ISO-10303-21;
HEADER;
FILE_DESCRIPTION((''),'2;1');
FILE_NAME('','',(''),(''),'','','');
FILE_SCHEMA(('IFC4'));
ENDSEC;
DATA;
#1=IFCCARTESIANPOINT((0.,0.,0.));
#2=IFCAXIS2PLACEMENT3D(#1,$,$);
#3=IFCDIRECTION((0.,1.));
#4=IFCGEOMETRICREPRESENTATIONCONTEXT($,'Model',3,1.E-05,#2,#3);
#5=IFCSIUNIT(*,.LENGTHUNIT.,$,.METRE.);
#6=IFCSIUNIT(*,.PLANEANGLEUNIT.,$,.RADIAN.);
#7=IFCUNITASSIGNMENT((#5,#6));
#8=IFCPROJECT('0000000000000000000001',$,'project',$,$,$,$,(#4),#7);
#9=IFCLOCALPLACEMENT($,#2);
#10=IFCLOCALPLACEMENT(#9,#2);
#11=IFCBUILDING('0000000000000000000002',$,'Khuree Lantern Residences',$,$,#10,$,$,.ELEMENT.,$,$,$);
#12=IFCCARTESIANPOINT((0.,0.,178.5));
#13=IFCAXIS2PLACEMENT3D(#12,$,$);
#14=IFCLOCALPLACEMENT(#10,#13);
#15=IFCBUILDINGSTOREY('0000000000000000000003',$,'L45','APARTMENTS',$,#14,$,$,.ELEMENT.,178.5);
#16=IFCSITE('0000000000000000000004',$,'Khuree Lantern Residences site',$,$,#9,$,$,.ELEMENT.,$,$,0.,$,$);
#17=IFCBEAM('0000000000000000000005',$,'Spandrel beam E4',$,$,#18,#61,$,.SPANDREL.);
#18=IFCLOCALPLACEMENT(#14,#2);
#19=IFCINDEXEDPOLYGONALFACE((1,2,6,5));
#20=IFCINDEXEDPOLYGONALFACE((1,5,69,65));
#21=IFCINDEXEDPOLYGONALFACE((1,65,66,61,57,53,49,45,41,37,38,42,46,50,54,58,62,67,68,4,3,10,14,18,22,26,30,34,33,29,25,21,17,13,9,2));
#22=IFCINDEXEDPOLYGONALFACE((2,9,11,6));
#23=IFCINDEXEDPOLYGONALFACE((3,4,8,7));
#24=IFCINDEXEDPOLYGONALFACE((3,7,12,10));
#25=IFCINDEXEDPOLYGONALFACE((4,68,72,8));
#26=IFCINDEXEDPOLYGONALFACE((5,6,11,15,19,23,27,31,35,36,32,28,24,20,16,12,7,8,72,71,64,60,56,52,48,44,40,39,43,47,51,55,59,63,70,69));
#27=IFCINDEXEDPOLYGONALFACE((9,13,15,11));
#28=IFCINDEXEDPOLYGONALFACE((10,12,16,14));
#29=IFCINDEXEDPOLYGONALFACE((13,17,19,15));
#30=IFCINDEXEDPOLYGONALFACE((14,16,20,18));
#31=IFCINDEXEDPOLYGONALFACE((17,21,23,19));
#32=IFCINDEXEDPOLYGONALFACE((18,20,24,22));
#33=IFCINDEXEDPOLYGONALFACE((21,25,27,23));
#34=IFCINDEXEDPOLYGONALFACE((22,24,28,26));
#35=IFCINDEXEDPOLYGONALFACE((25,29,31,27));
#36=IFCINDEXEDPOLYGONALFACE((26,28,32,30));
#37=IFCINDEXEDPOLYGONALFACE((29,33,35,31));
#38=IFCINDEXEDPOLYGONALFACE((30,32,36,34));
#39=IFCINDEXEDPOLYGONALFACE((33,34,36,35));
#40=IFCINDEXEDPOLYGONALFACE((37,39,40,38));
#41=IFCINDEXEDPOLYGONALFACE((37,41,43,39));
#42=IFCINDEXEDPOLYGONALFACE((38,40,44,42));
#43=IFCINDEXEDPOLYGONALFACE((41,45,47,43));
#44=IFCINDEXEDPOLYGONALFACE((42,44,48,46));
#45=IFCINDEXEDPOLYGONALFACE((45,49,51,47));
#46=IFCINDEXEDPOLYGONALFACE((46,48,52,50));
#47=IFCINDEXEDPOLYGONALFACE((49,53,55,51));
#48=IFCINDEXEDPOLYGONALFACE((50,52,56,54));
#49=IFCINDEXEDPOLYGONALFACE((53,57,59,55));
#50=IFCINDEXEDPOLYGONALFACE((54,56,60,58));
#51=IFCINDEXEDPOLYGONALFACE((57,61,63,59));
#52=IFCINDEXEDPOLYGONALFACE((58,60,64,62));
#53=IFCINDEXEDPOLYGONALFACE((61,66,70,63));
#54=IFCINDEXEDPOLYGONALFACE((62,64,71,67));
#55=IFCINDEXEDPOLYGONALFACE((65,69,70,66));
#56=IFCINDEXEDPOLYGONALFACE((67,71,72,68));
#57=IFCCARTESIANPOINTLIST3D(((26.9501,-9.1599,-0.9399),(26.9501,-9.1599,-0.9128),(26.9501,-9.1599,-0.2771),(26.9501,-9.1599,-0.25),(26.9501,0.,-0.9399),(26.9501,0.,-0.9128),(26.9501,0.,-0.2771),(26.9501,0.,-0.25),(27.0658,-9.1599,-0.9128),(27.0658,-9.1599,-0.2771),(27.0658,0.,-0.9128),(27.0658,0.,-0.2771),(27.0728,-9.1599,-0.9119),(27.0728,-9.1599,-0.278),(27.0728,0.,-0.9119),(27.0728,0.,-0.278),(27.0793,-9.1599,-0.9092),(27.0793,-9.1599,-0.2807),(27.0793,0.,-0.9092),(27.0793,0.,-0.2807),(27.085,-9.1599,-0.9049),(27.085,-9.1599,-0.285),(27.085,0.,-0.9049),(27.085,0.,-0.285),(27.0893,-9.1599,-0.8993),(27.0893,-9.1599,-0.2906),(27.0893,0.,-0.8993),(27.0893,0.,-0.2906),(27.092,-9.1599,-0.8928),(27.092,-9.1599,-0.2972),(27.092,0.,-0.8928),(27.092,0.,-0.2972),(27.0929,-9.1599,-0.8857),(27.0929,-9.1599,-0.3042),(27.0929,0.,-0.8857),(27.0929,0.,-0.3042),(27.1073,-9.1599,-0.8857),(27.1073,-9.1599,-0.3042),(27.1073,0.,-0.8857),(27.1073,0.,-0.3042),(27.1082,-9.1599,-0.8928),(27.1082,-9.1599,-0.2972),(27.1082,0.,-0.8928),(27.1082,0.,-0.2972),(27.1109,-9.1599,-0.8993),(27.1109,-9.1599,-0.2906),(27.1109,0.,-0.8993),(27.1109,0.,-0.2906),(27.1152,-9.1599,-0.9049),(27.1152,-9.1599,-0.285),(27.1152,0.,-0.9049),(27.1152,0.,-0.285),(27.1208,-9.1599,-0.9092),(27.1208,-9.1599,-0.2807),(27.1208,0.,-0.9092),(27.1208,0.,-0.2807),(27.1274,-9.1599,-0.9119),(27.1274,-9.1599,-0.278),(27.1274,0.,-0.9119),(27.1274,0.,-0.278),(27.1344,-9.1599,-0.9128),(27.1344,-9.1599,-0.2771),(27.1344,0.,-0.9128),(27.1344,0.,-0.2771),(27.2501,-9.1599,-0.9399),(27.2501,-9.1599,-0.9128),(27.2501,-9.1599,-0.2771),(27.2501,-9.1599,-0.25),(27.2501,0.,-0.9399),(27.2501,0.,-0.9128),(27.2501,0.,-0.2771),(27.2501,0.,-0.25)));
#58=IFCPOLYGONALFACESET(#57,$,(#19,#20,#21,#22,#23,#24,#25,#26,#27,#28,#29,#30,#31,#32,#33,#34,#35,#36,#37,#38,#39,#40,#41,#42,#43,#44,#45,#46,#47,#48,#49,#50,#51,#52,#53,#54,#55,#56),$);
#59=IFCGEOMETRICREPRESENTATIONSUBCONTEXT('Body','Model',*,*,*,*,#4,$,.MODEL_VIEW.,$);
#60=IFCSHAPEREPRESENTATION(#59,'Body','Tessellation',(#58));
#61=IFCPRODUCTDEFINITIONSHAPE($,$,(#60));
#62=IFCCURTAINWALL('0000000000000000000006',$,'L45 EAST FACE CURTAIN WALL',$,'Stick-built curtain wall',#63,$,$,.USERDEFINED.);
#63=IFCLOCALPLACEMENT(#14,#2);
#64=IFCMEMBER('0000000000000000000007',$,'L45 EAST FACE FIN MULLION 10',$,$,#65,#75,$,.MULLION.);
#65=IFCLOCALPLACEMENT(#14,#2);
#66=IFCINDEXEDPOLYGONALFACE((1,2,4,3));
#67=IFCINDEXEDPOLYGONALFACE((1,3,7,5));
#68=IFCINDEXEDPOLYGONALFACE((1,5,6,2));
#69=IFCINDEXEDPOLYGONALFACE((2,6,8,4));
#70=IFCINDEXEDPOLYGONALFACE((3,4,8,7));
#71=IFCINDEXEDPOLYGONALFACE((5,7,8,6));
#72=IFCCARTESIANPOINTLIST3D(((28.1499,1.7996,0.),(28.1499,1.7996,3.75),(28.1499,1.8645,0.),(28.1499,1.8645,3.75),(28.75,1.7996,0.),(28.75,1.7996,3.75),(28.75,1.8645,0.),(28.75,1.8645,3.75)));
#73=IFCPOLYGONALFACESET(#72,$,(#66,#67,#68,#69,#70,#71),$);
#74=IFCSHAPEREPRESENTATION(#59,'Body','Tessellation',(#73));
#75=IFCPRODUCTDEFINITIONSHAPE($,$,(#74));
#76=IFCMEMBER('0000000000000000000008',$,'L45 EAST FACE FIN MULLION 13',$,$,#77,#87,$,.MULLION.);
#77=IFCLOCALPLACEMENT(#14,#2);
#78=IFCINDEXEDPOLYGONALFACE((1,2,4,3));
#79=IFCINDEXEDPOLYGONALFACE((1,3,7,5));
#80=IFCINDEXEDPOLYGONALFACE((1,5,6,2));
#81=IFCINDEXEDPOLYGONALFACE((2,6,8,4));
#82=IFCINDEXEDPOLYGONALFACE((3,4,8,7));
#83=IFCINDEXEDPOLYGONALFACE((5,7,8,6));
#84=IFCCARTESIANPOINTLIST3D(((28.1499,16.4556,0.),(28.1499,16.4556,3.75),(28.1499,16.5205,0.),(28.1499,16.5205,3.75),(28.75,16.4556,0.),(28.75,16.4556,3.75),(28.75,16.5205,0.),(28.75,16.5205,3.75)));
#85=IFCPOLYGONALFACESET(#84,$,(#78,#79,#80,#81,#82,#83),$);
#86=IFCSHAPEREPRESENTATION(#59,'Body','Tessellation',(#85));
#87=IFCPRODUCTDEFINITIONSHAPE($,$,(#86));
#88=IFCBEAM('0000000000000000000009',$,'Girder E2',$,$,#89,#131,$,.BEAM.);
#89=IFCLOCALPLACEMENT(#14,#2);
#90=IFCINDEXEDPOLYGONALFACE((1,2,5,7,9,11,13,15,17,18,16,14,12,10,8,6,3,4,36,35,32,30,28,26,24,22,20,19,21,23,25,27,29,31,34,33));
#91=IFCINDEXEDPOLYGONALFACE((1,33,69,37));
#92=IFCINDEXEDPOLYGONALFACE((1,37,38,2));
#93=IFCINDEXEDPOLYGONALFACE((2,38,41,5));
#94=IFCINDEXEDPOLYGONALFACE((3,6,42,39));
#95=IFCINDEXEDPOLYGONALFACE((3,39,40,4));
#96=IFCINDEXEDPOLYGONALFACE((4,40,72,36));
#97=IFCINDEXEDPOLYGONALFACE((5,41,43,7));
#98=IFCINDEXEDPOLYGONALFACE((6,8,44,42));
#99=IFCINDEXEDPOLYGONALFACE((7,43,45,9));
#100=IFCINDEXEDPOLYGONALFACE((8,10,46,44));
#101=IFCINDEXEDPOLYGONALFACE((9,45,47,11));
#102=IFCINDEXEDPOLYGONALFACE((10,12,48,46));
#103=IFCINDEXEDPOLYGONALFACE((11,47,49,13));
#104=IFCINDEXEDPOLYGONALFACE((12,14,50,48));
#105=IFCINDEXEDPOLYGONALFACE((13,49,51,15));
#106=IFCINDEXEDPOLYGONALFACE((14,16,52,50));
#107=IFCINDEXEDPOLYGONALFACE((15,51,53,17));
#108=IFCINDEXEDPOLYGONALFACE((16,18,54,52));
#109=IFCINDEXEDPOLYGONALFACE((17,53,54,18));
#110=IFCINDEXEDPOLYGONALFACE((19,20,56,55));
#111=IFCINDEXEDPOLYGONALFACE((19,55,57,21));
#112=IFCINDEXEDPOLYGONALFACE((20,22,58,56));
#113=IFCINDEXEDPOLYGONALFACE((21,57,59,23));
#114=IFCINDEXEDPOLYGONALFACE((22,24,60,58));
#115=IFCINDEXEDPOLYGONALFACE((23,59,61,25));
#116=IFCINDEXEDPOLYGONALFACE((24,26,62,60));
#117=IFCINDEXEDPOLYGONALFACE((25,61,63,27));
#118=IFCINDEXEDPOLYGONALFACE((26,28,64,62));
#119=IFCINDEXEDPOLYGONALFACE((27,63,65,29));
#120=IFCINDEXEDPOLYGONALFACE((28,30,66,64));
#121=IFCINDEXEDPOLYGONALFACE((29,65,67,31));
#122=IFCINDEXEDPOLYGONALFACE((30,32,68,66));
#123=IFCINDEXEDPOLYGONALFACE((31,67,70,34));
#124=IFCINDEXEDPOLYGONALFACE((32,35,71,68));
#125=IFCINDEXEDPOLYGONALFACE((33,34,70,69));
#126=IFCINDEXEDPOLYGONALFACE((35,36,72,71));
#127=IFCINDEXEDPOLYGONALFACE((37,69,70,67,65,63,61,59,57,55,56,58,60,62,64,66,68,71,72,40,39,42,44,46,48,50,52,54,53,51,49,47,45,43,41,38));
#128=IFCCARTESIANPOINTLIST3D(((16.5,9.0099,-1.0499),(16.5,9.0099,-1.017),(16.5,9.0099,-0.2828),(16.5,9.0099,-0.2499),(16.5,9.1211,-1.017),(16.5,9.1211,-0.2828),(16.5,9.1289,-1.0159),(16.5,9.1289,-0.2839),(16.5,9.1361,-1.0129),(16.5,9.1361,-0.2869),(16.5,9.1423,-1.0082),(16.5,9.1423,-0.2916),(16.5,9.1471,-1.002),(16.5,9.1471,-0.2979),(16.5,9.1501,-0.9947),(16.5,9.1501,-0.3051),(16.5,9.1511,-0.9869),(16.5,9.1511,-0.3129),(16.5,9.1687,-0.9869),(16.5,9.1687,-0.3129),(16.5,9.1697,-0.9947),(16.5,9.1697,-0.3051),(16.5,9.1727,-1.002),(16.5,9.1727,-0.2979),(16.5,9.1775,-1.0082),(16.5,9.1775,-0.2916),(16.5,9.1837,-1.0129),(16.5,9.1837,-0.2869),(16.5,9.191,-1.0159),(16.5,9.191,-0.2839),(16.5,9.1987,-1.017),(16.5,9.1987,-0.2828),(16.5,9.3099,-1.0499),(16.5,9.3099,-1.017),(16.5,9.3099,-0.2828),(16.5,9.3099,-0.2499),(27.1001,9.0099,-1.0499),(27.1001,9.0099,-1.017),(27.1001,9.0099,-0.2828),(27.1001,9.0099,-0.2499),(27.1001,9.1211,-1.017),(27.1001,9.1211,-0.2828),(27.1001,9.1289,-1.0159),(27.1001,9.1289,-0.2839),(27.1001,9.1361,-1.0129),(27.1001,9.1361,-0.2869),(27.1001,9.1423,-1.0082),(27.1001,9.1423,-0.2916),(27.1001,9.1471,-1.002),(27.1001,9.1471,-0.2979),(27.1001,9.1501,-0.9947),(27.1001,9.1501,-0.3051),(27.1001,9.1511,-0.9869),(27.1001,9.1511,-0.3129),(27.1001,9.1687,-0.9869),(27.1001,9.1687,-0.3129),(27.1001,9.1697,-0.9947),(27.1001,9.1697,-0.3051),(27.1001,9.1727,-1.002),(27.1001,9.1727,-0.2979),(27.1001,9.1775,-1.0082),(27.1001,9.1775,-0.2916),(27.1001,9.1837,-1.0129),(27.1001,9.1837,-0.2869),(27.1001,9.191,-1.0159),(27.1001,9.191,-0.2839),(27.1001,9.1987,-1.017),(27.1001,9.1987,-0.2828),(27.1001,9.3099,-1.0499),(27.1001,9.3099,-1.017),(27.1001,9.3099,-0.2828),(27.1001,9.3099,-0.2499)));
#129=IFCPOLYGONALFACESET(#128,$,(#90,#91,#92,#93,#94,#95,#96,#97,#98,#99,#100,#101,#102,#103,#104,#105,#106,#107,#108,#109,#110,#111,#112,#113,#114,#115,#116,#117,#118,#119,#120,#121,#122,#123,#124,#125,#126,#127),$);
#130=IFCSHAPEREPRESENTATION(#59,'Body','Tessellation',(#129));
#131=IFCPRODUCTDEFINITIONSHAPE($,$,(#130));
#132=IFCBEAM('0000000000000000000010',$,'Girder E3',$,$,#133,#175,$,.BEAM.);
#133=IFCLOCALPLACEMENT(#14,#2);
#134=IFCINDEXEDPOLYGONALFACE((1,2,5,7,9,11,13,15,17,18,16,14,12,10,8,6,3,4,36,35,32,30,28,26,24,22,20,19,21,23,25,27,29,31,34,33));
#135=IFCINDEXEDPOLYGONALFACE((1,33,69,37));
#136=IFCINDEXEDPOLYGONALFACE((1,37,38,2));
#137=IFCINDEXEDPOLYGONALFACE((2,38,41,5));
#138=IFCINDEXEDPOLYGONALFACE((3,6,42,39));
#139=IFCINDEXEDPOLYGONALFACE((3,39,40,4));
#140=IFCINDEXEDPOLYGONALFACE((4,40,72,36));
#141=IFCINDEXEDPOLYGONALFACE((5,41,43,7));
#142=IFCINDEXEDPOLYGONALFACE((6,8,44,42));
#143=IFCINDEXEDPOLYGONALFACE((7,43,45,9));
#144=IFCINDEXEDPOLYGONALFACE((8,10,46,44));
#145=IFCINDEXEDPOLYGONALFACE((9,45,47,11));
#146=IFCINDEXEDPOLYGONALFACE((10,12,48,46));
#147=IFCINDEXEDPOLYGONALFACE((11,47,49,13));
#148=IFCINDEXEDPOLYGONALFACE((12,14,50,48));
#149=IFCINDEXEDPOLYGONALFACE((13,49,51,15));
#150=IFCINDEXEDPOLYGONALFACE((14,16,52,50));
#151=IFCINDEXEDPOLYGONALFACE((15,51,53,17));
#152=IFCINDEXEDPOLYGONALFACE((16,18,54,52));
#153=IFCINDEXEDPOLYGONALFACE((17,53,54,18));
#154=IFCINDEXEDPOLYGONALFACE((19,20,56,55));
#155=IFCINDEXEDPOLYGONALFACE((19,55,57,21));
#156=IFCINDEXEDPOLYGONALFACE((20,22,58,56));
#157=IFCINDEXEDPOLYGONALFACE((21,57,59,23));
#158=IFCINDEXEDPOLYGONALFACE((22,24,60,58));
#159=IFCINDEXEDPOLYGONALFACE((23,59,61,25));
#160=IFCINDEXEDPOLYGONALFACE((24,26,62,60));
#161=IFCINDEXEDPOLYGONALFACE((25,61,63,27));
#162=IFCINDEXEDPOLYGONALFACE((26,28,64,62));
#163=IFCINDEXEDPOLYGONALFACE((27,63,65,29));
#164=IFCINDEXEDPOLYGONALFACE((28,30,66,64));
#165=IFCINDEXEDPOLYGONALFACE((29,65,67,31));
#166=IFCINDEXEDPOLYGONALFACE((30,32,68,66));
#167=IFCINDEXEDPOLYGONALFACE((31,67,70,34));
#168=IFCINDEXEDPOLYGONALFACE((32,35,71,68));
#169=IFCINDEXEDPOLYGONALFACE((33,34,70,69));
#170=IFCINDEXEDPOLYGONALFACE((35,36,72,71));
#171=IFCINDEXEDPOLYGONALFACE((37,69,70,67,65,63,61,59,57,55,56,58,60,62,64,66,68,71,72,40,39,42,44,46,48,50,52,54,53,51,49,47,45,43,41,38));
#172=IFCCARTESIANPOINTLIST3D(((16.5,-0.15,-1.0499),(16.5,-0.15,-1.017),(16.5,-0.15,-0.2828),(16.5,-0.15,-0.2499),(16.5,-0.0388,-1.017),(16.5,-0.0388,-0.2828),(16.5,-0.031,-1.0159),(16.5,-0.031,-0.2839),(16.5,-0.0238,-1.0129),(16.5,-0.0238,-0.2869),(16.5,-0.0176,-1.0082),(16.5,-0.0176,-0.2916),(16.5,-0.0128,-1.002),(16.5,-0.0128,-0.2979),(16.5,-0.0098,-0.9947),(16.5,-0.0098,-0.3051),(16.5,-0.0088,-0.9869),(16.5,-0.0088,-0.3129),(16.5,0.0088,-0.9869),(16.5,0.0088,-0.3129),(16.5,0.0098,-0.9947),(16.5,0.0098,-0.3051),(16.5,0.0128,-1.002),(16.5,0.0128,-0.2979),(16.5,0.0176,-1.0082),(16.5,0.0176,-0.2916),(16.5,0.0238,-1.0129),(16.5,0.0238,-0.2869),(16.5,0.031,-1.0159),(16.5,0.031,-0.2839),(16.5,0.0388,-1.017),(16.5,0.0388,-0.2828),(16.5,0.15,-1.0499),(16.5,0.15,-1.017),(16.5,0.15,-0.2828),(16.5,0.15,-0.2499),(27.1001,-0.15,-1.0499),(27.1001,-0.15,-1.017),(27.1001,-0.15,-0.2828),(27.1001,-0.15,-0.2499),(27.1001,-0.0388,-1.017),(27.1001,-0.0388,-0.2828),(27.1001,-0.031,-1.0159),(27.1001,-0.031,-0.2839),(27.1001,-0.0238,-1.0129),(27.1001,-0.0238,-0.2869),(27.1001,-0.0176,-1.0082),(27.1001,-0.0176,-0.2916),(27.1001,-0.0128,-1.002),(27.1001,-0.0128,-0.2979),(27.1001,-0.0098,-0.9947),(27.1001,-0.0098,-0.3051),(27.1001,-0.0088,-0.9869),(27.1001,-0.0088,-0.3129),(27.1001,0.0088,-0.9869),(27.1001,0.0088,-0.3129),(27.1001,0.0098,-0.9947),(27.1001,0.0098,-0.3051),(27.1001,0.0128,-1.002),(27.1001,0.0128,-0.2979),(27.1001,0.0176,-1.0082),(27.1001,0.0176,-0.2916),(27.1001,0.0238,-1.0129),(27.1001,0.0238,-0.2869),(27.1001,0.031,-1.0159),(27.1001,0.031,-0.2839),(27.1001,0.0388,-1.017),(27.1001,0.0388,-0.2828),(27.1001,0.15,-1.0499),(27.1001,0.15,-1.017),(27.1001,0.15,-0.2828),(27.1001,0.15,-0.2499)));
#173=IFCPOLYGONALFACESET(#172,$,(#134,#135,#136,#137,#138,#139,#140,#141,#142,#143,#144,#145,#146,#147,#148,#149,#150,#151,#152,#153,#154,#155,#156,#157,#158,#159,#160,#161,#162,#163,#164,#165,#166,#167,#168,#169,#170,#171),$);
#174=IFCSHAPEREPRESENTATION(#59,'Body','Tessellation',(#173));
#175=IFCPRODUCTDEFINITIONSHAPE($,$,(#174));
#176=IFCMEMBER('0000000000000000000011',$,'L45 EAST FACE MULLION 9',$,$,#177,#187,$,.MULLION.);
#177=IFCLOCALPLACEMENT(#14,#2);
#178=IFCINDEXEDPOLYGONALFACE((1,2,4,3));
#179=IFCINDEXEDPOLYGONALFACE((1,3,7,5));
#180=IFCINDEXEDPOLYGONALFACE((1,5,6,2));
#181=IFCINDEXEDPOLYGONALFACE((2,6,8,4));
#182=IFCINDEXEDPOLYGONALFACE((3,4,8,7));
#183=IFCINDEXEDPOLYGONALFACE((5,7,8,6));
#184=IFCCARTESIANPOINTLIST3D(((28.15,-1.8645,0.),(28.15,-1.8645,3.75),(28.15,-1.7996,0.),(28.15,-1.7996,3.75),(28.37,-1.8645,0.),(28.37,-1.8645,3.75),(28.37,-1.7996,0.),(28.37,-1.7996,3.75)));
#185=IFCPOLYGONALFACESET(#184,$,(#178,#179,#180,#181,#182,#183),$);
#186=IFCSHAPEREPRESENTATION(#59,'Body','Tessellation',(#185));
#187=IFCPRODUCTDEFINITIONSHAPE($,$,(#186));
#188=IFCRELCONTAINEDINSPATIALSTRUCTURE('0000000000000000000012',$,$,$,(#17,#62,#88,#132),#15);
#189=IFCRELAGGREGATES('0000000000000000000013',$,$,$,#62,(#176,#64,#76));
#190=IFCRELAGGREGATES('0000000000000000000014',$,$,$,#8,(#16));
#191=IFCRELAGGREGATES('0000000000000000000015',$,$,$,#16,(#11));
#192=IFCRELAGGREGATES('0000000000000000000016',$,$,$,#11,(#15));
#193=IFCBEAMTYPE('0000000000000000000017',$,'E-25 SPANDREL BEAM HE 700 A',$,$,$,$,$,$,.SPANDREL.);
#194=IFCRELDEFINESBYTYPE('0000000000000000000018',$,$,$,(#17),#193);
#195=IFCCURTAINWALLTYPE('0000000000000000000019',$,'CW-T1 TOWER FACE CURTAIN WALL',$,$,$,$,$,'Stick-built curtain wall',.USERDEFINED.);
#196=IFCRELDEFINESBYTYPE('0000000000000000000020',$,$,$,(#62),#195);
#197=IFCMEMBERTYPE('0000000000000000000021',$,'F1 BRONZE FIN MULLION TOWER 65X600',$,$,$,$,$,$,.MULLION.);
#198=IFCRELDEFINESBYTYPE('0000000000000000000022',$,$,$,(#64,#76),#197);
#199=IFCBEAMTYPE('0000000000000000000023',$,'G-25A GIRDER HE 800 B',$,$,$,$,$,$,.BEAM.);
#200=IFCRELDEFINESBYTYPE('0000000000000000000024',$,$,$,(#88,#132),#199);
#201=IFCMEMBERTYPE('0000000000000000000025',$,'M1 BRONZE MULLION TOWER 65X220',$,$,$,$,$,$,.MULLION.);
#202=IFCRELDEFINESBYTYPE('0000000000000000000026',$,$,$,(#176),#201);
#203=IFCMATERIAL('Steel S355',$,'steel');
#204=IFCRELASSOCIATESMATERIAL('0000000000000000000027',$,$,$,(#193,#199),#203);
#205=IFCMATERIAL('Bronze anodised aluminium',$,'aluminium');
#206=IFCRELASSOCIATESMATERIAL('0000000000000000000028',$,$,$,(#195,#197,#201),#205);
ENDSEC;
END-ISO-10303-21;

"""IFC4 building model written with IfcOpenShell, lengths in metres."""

from ifc_helpers import new_model, si_unit, direction, frame, origin, origin_2d, place, context, subcontext, project, spatial, rectangle, i_section, extrude, material, material_profile, profile_set, type_object, element, aggregate, save


model = new_model("IFC4")

# Units and contexts
model_context = context("Model", 3, precision=1e-05, world=origin(), true_north=direction((0.0, 1.0)))
body_context = subcontext(model_context, "Body", "Model", "MODEL_VIEW")
ifc_project = project(units=[si_unit("LENGTHUNIT", "METRE"), si_unit("PLANEANGLEUNIT", "RADIAN")], contexts=[model_context])

# Site, building, storey
site_placement = place(None, origin())
site = spatial("IfcSite", under=ifc_project, at=site_placement, Name="Khuree Lantern Residences site", CompositionType="ELEMENT", RefElevation=0.0)
building_placement = place(site_placement, origin())
building = spatial("IfcBuilding", under=site, at=building_placement, Name="Khuree Lantern Residences", CompositionType="ELEMENT")
storey_placement = place(building_placement, frame((0.0, 0.0, 178.5)))
storey = spatial("IfcBuildingStorey", under=building, at=storey_placement, Name="L45", Description="APARTMENTS", CompositionType="ELEMENT", Elevation=178.5)

# Beam
ifc_material_1 = material(Name="Steel S355", Category="steel")
ifc_material_profile_1 = material_profile(ifc_material_1, i_section(OverallWidth=0.3, OverallDepth=0.6899, WebThickness=0.0144, FlangeThickness=0.0271, FilletRadius=0.0271, at=origin_2d()), Name="HE 700 A")
ifc_profile_set_1 = profile_set([ifc_material_profile_1], Name="Steel S355")
beam_type_1 = type_object("IfcBeamType", Name="E-25 SPANDREL BEAM HE 700 A", PredefinedType="SPANDREL", material=ifc_profile_set_1)
for number, where, z_axis, x_axis, name in (
    (1, (27.1001, 0.0, -0.595), (0.0, -1.0, 0.0), (1.0, 0.0, 0.0), "Spandrel beam E4"),
):
    element("IfcBeam", number, at=place(storey_placement, frame(where, z_axis=z_axis, x_axis=x_axis)), inside=storey, type_object=beam_type_1, Name=name, PredefinedType="SPANDREL", context=body_context, shape_type="SweptSolid", body=[
        extrude(i_section(OverallWidth=0.3, OverallDepth=0.6899, WebThickness=0.0144, FlangeThickness=0.0271, FilletRadius=0.0271, at=origin_2d()), origin(), (0.0, 0.0, 1.0), 9.1599),
    ])

# Curtain wall, members
ifc_material_2 = material(Name="Bronze anodised aluminium", Category="aluminium")
curtain_wall_type = type_object("IfcCurtainWallType", Name="CW-T1 TOWER FACE CURTAIN WALL", ElementType="Stick-built curtain wall", PredefinedType="USERDEFINED", material=ifc_material_2)
curtain_wall_placement = place(storey_placement, origin())
curtain_wall = element("IfcCurtainWall", 2, at=curtain_wall_placement, inside=storey, type_object=curtain_wall_type, Name="L45 EAST FACE CURTAIN WALL", ObjectType="Stick-built curtain wall", PredefinedType="USERDEFINED")
ifc_material_profile_2 = material_profile(ifc_material_2, rectangle(XDim=0.0649, YDim=0.6001, at=origin_2d()), Name="F1 65X600")
ifc_profile_set_2 = profile_set([ifc_material_profile_2], Name="Bronze anodised aluminium")
member_type_1 = type_object("IfcMemberType", Name="F1 BRONZE FIN MULLION TOWER 65X600", PredefinedType="MULLION", material=ifc_profile_set_2)
member_1_placement = place(storey_placement, frame((28.45, 1.832, 0.0), z_axis=(0.0, 0.0, 1.0), x_axis=(0.0, 1.0, 0.0)))
member_1 = element("IfcMember", 3, at=member_1_placement, type_object=member_type_1, Name="L45 EAST FACE FIN MULLION 10", PredefinedType="MULLION", context=body_context, shape_type="SweptSolid", body=[
    extrude(rectangle(XDim=0.0649, YDim=0.6001, at=origin_2d()), origin(), (0.0, 0.0, 1.0), 3.75),
])
member_2_placement = place(storey_placement, frame((28.45, 16.488, 0.0), z_axis=(0.0, 0.0, 1.0), x_axis=(0.0, 1.0, 0.0)))
member_2 = element("IfcMember", 4, at=member_2_placement, type_object=member_type_1, Name="L45 EAST FACE FIN MULLION 13", PredefinedType="MULLION", context=body_context, shape_type="SweptSolid", body=[
    extrude(rectangle(XDim=0.0649, YDim=0.6001, at=origin_2d()), origin(), (0.0, 0.0, 1.0), 3.75),
])

# Beams
ifc_material_profile_3 = material_profile(ifc_material_1, i_section(OverallWidth=0.3, OverallDepth=0.8, WebThickness=0.0176, FlangeThickness=0.033, FilletRadius=0.03, at=origin_2d()), Name="HE 800 B")
ifc_profile_set_3 = profile_set([ifc_material_profile_3], Name="Steel S355")
beam_type_2 = type_object("IfcBeamType", Name="G-25A GIRDER HE 800 B", PredefinedType="BEAM", material=ifc_profile_set_3)
for number, where, z_axis, x_axis, name in (
    (5, (27.1001, 9.1599, -0.6499), (-1.0, 0.0, 0.0), (0.0, -1.0, 0.0), "Girder E2"),
    (6, (27.1001, 0.0, -0.6499), (-1.0, 0.0, 0.0), (0.0, -1.0, 0.0), "Girder E3"),
):
    element("IfcBeam", number, at=place(storey_placement, frame(where, z_axis=z_axis, x_axis=x_axis)), inside=storey, type_object=beam_type_2, Name=name, PredefinedType="BEAM", context=body_context, shape_type="SweptSolid", body=[
        extrude(i_section(OverallWidth=0.3, OverallDepth=0.8, WebThickness=0.0176, FlangeThickness=0.033, FilletRadius=0.03, at=origin_2d()), origin(), (0.0, 0.0, 1.0), 10.6001),
    ])

# Member
ifc_material_profile_4 = material_profile(ifc_material_2, rectangle(XDim=0.0649, YDim=0.22, at=origin_2d()), Name="M1 65X220")
ifc_profile_set_4 = profile_set([ifc_material_profile_4], Name="Bronze anodised aluminium")
member_type_2 = type_object("IfcMemberType", Name="M1 BRONZE MULLION TOWER 65X220", PredefinedType="MULLION", material=ifc_profile_set_4)
member_3_placement = place(storey_placement, frame((28.26, -1.832, 0.0), z_axis=(0.0, 0.0, 1.0), x_axis=(0.0, 1.0, 0.0)))
member_3 = element("IfcMember", 7, at=member_3_placement, type_object=member_type_2, Name="L45 EAST FACE MULLION 9", PredefinedType="MULLION", context=body_context, shape_type="SweptSolid", body=[
    extrude(rectangle(XDim=0.0649, YDim=0.22, at=origin_2d()), origin(), (0.0, 0.0, 1.0), 3.75),
])

aggregate(curtain_wall, [member_3, member_1, member_2])

save(model, "model.ifc")
